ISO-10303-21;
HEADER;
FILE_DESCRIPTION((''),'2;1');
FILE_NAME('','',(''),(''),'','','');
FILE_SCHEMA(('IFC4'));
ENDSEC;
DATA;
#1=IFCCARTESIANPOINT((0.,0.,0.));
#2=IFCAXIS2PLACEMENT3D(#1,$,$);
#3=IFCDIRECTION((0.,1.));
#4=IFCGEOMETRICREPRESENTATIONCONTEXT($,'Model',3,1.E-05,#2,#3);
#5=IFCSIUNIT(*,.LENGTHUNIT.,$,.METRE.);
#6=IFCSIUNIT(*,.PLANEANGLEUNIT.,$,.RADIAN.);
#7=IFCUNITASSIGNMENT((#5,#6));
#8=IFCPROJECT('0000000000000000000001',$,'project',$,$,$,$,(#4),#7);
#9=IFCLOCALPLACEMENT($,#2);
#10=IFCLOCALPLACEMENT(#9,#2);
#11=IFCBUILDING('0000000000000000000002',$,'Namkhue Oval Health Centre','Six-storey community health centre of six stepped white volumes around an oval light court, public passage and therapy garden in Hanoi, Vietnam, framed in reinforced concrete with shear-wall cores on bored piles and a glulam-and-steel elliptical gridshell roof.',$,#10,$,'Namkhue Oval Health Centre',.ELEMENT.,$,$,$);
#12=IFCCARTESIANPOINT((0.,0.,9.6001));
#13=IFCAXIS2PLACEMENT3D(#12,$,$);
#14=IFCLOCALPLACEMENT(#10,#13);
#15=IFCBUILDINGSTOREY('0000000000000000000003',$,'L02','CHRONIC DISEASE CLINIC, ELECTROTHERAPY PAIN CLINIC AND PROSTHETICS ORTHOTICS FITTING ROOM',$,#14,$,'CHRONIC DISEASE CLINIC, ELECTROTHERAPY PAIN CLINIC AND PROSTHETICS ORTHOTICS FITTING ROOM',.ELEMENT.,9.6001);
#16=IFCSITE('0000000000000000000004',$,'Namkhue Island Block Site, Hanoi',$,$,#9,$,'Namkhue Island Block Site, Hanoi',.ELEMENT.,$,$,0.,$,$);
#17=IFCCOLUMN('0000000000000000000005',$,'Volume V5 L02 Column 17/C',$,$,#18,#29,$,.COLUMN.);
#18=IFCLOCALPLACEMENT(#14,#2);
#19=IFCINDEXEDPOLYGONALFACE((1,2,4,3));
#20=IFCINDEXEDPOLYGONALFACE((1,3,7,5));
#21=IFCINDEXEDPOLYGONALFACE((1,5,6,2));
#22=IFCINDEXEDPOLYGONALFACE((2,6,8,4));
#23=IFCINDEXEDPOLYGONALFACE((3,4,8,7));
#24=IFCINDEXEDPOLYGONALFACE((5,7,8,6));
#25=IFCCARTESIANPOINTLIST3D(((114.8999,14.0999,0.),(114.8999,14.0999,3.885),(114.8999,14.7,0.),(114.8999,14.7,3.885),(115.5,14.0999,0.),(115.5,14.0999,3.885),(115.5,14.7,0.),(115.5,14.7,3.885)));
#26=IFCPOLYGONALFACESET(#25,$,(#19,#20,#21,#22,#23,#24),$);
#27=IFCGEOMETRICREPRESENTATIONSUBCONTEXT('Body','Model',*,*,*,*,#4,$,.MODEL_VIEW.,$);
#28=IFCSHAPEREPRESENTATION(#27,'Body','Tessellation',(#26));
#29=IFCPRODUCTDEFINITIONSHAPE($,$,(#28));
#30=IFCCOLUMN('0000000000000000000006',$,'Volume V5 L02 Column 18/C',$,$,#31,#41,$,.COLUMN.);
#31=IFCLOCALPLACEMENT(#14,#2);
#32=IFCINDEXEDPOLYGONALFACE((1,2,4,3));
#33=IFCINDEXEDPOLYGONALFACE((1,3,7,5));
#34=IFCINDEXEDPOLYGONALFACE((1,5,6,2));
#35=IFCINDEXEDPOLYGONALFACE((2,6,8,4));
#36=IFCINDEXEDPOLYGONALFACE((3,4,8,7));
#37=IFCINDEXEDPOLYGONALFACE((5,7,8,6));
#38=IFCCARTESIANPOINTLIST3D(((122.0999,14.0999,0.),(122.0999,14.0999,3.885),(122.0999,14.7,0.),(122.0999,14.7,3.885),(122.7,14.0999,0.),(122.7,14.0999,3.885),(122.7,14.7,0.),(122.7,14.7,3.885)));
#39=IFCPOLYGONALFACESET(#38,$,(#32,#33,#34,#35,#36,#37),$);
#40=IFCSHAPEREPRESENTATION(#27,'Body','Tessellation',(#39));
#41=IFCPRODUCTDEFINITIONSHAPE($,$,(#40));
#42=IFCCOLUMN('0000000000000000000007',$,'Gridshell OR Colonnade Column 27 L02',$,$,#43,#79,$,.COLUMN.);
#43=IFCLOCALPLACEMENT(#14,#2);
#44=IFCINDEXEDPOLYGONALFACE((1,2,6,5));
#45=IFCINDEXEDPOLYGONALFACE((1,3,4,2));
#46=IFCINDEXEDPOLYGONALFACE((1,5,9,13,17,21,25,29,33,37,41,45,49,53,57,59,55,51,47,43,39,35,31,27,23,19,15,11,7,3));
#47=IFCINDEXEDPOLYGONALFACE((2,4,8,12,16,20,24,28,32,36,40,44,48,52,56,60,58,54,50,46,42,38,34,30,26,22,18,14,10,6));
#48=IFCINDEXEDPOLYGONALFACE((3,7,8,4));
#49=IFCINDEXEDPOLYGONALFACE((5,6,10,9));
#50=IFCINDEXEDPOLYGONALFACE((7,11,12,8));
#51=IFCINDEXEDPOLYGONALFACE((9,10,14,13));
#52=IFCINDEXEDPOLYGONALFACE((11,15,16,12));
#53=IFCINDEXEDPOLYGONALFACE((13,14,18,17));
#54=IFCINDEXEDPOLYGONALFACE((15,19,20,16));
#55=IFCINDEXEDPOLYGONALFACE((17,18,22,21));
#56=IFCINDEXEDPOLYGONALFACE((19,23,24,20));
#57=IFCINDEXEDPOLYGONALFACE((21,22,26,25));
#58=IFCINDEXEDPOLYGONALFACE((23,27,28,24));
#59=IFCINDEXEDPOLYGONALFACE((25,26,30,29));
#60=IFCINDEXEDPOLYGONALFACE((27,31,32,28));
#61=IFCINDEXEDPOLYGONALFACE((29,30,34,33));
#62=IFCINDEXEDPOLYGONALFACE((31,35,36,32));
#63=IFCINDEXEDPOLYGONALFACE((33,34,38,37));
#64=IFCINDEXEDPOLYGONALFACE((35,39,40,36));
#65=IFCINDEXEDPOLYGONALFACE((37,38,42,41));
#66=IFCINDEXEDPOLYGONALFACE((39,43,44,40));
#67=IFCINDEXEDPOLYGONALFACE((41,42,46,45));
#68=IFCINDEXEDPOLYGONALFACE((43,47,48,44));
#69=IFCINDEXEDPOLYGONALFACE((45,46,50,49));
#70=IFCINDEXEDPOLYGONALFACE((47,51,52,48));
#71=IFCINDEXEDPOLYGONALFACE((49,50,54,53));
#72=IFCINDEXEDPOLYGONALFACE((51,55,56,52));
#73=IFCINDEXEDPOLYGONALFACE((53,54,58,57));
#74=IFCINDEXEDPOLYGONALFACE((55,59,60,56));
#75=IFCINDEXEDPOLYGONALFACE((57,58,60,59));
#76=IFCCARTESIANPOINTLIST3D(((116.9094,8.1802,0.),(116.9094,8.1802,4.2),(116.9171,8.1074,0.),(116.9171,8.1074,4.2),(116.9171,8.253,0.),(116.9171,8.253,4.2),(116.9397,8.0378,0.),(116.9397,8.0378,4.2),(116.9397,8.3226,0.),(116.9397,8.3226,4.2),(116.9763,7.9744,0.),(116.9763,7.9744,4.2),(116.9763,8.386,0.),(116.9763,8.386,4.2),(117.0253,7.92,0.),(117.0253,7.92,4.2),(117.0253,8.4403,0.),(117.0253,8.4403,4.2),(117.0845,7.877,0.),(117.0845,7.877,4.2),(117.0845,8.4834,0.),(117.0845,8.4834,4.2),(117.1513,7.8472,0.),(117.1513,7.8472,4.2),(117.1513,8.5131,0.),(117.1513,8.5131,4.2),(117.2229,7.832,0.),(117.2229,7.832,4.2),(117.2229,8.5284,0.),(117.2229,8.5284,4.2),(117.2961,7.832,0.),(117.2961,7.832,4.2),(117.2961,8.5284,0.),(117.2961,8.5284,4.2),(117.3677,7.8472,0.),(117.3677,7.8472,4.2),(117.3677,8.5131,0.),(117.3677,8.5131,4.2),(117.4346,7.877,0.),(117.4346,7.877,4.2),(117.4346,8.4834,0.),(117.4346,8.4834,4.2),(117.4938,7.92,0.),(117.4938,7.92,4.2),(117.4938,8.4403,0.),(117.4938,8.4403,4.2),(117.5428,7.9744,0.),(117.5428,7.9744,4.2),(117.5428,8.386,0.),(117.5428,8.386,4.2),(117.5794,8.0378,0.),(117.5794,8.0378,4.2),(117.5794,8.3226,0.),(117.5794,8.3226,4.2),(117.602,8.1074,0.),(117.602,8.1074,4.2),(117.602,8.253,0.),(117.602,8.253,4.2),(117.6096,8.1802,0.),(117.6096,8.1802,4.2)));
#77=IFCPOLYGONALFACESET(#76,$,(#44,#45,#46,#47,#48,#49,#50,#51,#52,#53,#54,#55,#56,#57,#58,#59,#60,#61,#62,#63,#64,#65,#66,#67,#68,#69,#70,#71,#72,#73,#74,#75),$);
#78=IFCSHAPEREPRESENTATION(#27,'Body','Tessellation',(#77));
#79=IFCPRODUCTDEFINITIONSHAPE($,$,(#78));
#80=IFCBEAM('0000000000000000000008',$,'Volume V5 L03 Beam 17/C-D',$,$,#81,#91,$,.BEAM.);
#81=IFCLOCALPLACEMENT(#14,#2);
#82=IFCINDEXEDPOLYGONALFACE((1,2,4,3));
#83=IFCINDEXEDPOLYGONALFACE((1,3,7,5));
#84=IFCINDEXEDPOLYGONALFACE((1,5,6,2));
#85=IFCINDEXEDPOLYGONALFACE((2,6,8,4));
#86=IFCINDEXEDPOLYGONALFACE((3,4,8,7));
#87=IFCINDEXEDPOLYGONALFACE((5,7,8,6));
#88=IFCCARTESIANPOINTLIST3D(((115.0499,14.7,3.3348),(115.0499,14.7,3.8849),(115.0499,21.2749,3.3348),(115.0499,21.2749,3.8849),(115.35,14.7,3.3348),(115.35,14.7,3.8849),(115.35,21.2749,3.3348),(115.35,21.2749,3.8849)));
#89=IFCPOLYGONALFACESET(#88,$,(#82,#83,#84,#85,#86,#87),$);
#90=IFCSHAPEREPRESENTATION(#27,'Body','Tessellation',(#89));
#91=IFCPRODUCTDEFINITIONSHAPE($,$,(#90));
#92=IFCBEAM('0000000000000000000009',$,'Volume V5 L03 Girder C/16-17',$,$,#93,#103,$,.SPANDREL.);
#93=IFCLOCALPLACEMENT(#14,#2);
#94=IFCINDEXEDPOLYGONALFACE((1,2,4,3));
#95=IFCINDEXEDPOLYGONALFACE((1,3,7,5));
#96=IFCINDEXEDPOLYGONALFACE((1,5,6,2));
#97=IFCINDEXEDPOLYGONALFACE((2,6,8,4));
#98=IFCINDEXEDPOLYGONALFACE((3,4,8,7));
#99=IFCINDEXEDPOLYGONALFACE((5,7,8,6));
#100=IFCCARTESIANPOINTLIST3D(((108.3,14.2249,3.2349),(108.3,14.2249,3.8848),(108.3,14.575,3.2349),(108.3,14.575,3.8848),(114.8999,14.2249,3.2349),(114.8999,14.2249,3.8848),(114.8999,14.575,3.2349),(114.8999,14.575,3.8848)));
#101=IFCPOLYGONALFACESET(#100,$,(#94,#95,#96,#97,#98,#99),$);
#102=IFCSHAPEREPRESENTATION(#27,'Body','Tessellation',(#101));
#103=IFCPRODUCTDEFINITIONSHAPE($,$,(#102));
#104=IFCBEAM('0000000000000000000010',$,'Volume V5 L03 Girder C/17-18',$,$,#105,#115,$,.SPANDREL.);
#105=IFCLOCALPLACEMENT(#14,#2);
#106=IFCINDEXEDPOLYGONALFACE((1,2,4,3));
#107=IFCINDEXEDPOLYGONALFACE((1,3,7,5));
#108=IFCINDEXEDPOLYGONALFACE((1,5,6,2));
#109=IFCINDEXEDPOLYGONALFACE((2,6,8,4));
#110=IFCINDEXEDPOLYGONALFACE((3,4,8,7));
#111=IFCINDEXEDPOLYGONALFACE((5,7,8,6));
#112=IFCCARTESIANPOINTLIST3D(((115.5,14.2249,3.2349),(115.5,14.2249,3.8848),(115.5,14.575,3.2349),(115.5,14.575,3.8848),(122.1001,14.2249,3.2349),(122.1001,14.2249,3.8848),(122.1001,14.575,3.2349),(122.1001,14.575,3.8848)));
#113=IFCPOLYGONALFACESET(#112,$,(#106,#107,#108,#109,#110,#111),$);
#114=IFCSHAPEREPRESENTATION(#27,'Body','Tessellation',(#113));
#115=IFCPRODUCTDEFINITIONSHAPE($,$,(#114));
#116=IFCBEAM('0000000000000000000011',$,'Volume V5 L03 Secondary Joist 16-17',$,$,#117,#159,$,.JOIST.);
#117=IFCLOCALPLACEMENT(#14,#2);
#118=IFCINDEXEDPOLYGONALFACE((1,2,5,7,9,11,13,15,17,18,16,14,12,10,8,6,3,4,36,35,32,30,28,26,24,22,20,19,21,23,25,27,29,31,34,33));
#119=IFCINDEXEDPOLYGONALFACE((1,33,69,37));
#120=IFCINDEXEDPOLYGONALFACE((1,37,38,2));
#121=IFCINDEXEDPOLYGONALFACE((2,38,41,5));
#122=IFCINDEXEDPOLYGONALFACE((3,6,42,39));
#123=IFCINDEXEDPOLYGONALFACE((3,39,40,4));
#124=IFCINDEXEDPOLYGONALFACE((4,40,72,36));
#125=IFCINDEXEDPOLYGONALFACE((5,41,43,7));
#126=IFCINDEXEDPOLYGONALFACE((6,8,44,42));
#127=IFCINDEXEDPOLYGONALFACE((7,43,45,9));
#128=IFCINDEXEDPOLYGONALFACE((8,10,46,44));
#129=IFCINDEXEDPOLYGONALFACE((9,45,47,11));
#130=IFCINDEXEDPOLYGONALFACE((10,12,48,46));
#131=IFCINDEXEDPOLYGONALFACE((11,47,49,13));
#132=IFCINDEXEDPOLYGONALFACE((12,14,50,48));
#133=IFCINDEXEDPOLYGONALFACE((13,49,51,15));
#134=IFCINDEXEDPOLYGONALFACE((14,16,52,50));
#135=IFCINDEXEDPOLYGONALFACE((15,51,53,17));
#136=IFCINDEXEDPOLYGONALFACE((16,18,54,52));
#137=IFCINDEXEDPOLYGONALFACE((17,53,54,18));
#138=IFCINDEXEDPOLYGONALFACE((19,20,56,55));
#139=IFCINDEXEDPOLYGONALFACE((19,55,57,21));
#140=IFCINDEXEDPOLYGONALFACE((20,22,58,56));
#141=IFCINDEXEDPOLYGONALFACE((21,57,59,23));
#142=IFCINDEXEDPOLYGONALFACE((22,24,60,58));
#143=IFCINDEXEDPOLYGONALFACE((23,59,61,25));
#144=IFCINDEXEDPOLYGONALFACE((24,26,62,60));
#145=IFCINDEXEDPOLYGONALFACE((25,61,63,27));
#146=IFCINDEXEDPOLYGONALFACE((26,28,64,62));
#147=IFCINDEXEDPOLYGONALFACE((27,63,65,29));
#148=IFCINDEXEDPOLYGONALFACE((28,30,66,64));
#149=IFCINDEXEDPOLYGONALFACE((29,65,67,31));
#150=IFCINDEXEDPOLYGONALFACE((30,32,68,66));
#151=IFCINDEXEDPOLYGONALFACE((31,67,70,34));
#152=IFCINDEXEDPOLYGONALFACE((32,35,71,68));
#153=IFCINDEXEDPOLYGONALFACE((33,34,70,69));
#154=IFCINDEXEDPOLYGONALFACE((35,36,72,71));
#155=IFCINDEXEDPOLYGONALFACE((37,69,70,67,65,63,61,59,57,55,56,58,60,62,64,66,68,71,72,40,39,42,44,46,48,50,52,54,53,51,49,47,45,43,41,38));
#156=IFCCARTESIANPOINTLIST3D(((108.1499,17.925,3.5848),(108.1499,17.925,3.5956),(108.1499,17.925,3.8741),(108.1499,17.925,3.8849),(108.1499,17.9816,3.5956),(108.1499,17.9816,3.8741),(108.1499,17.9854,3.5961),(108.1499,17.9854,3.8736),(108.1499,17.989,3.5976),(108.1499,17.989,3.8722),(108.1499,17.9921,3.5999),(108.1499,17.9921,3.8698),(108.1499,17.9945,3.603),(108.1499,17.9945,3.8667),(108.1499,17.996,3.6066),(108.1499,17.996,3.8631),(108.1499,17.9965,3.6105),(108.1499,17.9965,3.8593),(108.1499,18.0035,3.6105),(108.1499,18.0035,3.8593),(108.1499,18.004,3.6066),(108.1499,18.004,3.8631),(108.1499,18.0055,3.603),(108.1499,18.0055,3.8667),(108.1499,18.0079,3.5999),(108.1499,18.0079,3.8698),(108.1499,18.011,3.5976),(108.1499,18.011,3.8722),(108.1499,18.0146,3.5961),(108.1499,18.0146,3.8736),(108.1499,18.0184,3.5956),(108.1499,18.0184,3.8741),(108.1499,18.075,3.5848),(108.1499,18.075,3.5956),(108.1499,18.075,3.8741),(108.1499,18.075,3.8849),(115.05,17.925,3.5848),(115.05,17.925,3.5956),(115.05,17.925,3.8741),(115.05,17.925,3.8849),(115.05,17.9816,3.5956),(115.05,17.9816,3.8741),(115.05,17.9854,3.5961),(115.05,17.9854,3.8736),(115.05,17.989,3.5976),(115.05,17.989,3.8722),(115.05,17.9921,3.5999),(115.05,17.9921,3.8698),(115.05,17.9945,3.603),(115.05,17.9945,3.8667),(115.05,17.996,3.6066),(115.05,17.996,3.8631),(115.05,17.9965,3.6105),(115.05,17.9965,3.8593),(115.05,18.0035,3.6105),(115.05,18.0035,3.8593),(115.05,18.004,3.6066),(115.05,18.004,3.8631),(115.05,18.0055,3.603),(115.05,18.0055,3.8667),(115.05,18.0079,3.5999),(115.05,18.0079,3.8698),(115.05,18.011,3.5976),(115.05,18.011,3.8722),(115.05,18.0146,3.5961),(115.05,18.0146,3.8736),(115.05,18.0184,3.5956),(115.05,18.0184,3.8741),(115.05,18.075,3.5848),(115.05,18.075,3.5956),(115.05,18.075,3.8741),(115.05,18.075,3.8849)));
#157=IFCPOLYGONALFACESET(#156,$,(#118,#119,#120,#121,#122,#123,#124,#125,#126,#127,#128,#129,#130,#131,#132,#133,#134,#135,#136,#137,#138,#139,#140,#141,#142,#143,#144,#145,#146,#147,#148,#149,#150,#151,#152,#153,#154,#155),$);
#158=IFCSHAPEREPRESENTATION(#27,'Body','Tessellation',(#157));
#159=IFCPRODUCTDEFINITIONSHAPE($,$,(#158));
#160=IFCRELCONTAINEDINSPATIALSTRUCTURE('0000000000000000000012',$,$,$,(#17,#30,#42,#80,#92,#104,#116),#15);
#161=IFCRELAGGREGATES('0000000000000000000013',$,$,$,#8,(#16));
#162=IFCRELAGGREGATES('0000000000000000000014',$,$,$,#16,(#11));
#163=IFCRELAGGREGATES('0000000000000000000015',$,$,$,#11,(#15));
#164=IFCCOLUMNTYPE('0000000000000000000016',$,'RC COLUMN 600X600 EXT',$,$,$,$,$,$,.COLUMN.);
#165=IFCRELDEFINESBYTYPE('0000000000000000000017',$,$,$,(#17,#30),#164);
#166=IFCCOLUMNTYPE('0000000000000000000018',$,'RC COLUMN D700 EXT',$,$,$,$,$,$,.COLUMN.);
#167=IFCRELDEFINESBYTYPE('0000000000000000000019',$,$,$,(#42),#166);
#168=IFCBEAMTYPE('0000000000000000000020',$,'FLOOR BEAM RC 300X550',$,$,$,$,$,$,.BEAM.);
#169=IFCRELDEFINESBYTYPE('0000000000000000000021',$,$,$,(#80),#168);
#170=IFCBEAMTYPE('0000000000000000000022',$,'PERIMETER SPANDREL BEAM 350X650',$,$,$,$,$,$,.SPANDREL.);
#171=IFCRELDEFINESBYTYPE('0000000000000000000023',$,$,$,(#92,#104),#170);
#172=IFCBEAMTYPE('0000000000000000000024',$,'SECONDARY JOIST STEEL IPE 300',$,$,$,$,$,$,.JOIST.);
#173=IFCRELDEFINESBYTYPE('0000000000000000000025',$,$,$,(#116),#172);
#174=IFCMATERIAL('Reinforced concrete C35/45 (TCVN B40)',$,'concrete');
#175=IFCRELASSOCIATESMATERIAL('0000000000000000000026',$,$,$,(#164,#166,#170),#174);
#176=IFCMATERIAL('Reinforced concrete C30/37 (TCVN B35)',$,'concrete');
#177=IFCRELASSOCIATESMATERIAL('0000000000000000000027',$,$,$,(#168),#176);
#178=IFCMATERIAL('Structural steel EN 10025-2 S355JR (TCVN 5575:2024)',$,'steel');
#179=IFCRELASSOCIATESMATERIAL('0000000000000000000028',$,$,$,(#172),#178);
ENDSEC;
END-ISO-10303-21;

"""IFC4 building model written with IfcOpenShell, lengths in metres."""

from ifc_helpers import new_model, si_unit, direction, frame, origin, origin_2d, place, context, subcontext, project, spatial, rectangle, circle, i_section, extrude, material, material_profile, profile_set, type_object, element, save


model = new_model("IFC4")

# Units and contexts
model_context = context("Model", 3, precision=1e-05, world=origin(), true_north=direction((0.0, 1.0)))
body_context = subcontext(model_context, "Body", "Model", "MODEL_VIEW")
ifc_project = project(units=[si_unit("LENGTHUNIT", "METRE"), si_unit("PLANEANGLEUNIT", "RADIAN")], contexts=[model_context])

# Site, building, storey
site_placement = place(None, origin())
site = spatial("IfcSite", under=ifc_project, at=site_placement, Name="Namkhue Island Block Site, Hanoi", LongName="Namkhue Island Block Site, Hanoi", CompositionType="ELEMENT", RefElevation=0.0)
building_placement = place(site_placement, origin())
building = spatial("IfcBuilding", under=site, at=building_placement, Name="Namkhue Oval Health Centre", Description="Six-storey community health centre of six stepped white volumes around an oval light court, public passage and therapy garden in Hanoi, Vietnam, framed in reinforced concrete with shear-wall cores on bored piles and a glulam-and-steel elliptical gridshell roof.", LongName="Namkhue Oval Health Centre", CompositionType="ELEMENT")
storey_placement = place(building_placement, frame((0.0, 0.0, 9.6001)))
storey = spatial("IfcBuildingStorey", under=building, at=storey_placement, Name="L02", Description="CHRONIC DISEASE CLINIC, ELECTROTHERAPY PAIN CLINIC AND PROSTHETICS ORTHOTICS FITTING ROOM", LongName="CHRONIC DISEASE CLINIC, ELECTROTHERAPY PAIN CLINIC AND PROSTHETICS ORTHOTICS FITTING ROOM", CompositionType="ELEMENT", Elevation=9.6001)

# Columns
ifc_material_1 = material(Name="Reinforced concrete C35/45 (TCVN B40)", Category="concrete")
ifc_material_profile_1 = material_profile(ifc_material_1, rectangle(XDim=0.6001, YDim=0.6001, at=origin_2d()), Name="RC 600x600")
ifc_profile_set_1 = profile_set([ifc_material_profile_1], Name="Reinforced concrete C35/45 (TCVN B40)")
column_type_1 = type_object("IfcColumnType", Name="RC COLUMN 600X600 EXT", PredefinedType="COLUMN", material=ifc_profile_set_1)
for number, where, z_axis, x_axis, name in (
    (1, (115.2, 14.3999, 0.0), (0.0, 0.0, 1.0), (1.0, 0.0, 0.0), "Volume V5 L02 Column 17/C"),
    (2, (122.3999, 14.3999, 0.0), (0.0, 0.0, 1.0), (1.0, 0.0, 0.0), "Volume V5 L02 Column 18/C"),
):
    element("IfcColumn", number, at=place(storey_placement, frame(where, z_axis=z_axis, x_axis=x_axis)), inside=storey, type_object=column_type_1, Name=name, PredefinedType="COLUMN", context=body_context, shape_type="SweptSolid", body=[
        extrude(rectangle(XDim=0.6001, YDim=0.6001, at=origin_2d()), origin(), (0.0, 0.0, 1.0), 3.885),
    ])
ifc_material_profile_2 = material_profile(ifc_material_1, circle(Radius=0.3501, at=origin_2d()), Name="RC D700")
ifc_profile_set_2 = profile_set([ifc_material_profile_2], Name="Reinforced concrete C35/45 (TCVN B40)")
column_type_2 = type_object("IfcColumnType", Name="RC COLUMN D700 EXT", PredefinedType="COLUMN", material=ifc_profile_set_2)
column_placement = place(storey_placement, frame((117.2595, 8.1802, 0.0), z_axis=(0.0, 0.0, 1.0), x_axis=(1.0, 0.0, 0.0)))
element("IfcColumn", 3, at=column_placement, inside=storey, type_object=column_type_2, Name="Gridshell OR Colonnade Column 27 L02", PredefinedType="COLUMN", context=body_context, shape_type="SweptSolid", body=[
    extrude(circle(Radius=0.3501, at=origin_2d()), origin(), (0.0, 0.0, 1.0), 4.2),
])

# Beams
ifc_material_2 = material(Name="Reinforced concrete C30/37 (TCVN B35)", Category="concrete")
ifc_material_profile_3 = material_profile(ifc_material_2, rectangle(XDim=0.3, YDim=0.55, at=origin_2d()), Name="RC 300x550")
ifc_profile_set_3 = profile_set([ifc_material_profile_3], Name="Reinforced concrete C30/37 (TCVN B35)")
beam_type_1 = type_object("IfcBeamType", Name="FLOOR BEAM RC 300X550", PredefinedType="BEAM", material=ifc_profile_set_3)
beam_1_placement = place(storey_placement, frame((115.2, 14.7, 3.6099), z_axis=(0.0, 1.0, 0.0), x_axis=(-1.0, 0.0, 0.0)))
element("IfcBeam", 4, at=beam_1_placement, inside=storey, type_object=beam_type_1, Name="Volume V5 L03 Beam 17/C-D", PredefinedType="BEAM", context=body_context, shape_type="SweptSolid", body=[
    extrude(rectangle(XDim=0.3, YDim=0.55, at=origin_2d()), origin(), (0.0, 0.0, 1.0), 6.575),
])
ifc_material_profile_4 = material_profile(ifc_material_1, rectangle(XDim=0.3501, YDim=0.6499, at=origin_2d()), Name="RC 350x650")
ifc_profile_set_4 = profile_set([ifc_material_profile_4], Name="Reinforced concrete C35/45 (TCVN B40)")
beam_type_2 = type_object("IfcBeamType", Name="PERIMETER SPANDREL BEAM 350X650", PredefinedType="SPANDREL", material=ifc_profile_set_4)
beam_2_placement = place(storey_placement, frame((108.3, 14.3999, 3.5598), z_axis=(1.0, 0.0, 0.0), x_axis=(0.0, 1.0, 0.0)))
element("IfcBeam", 5, at=beam_2_placement, inside=storey, type_object=beam_type_2, Name="Volume V5 L03 Girder C/16-17", PredefinedType="SPANDREL", context=body_context, shape_type="SweptSolid", body=[
    extrude(rectangle(XDim=0.3501, YDim=0.6499, at=origin_2d()), origin(), (0.0, 0.0, 1.0), 6.5999),
])
beam_3_placement = place(storey_placement, frame((115.5, 14.3999, 3.5598), z_axis=(1.0, 0.0, 0.0), x_axis=(0.0, 1.0, 0.0)))
element("IfcBeam", 6, at=beam_3_placement, inside=storey, type_object=beam_type_2, Name="Volume V5 L03 Girder C/17-18", PredefinedType="SPANDREL", context=body_context, shape_type="SweptSolid", body=[
    extrude(rectangle(XDim=0.3501, YDim=0.6499, at=origin_2d()), origin(), (0.0, 0.0, 1.0), 6.6001),
])
ifc_material_3 = material(Name="Structural steel EN 10025-2 S355JR (TCVN 5575:2024)", Category="steel")
ifc_material_profile_5 = material_profile(ifc_material_3, i_section(OverallWidth=0.1499, OverallDepth=0.3, WebThickness=0.0071, FlangeThickness=0.0107, FilletRadius=0.0149, at=origin_2d()), Name="IPE 300")
ifc_profile_set_5 = profile_set([ifc_material_profile_5], Name="Structural steel EN 10025-2 S355JR (TCVN 5575:2024)")
beam_type_3 = type_object("IfcBeamType", Name="SECONDARY JOIST STEEL IPE 300", PredefinedType="JOIST", material=ifc_profile_set_5)
beam_4_placement = place(storey_placement, frame((108.1499, 18.0, 3.7349), z_axis=(1.0, 0.0, 0.0), x_axis=(0.0, 1.0, 0.0)))
element("IfcBeam", 7, at=beam_4_placement, inside=storey, type_object=beam_type_3, Name="Volume V5 L03 Secondary Joist 16-17", PredefinedType="JOIST", context=body_context, shape_type="SweptSolid", body=[
    extrude(i_section(OverallWidth=0.1499, OverallDepth=0.3, WebThickness=0.0071, FlangeThickness=0.0107, FilletRadius=0.0149, at=origin_2d()), origin(), (0.0, 0.0, 1.0), 6.9001),
])

save(model, "model.ifc")
